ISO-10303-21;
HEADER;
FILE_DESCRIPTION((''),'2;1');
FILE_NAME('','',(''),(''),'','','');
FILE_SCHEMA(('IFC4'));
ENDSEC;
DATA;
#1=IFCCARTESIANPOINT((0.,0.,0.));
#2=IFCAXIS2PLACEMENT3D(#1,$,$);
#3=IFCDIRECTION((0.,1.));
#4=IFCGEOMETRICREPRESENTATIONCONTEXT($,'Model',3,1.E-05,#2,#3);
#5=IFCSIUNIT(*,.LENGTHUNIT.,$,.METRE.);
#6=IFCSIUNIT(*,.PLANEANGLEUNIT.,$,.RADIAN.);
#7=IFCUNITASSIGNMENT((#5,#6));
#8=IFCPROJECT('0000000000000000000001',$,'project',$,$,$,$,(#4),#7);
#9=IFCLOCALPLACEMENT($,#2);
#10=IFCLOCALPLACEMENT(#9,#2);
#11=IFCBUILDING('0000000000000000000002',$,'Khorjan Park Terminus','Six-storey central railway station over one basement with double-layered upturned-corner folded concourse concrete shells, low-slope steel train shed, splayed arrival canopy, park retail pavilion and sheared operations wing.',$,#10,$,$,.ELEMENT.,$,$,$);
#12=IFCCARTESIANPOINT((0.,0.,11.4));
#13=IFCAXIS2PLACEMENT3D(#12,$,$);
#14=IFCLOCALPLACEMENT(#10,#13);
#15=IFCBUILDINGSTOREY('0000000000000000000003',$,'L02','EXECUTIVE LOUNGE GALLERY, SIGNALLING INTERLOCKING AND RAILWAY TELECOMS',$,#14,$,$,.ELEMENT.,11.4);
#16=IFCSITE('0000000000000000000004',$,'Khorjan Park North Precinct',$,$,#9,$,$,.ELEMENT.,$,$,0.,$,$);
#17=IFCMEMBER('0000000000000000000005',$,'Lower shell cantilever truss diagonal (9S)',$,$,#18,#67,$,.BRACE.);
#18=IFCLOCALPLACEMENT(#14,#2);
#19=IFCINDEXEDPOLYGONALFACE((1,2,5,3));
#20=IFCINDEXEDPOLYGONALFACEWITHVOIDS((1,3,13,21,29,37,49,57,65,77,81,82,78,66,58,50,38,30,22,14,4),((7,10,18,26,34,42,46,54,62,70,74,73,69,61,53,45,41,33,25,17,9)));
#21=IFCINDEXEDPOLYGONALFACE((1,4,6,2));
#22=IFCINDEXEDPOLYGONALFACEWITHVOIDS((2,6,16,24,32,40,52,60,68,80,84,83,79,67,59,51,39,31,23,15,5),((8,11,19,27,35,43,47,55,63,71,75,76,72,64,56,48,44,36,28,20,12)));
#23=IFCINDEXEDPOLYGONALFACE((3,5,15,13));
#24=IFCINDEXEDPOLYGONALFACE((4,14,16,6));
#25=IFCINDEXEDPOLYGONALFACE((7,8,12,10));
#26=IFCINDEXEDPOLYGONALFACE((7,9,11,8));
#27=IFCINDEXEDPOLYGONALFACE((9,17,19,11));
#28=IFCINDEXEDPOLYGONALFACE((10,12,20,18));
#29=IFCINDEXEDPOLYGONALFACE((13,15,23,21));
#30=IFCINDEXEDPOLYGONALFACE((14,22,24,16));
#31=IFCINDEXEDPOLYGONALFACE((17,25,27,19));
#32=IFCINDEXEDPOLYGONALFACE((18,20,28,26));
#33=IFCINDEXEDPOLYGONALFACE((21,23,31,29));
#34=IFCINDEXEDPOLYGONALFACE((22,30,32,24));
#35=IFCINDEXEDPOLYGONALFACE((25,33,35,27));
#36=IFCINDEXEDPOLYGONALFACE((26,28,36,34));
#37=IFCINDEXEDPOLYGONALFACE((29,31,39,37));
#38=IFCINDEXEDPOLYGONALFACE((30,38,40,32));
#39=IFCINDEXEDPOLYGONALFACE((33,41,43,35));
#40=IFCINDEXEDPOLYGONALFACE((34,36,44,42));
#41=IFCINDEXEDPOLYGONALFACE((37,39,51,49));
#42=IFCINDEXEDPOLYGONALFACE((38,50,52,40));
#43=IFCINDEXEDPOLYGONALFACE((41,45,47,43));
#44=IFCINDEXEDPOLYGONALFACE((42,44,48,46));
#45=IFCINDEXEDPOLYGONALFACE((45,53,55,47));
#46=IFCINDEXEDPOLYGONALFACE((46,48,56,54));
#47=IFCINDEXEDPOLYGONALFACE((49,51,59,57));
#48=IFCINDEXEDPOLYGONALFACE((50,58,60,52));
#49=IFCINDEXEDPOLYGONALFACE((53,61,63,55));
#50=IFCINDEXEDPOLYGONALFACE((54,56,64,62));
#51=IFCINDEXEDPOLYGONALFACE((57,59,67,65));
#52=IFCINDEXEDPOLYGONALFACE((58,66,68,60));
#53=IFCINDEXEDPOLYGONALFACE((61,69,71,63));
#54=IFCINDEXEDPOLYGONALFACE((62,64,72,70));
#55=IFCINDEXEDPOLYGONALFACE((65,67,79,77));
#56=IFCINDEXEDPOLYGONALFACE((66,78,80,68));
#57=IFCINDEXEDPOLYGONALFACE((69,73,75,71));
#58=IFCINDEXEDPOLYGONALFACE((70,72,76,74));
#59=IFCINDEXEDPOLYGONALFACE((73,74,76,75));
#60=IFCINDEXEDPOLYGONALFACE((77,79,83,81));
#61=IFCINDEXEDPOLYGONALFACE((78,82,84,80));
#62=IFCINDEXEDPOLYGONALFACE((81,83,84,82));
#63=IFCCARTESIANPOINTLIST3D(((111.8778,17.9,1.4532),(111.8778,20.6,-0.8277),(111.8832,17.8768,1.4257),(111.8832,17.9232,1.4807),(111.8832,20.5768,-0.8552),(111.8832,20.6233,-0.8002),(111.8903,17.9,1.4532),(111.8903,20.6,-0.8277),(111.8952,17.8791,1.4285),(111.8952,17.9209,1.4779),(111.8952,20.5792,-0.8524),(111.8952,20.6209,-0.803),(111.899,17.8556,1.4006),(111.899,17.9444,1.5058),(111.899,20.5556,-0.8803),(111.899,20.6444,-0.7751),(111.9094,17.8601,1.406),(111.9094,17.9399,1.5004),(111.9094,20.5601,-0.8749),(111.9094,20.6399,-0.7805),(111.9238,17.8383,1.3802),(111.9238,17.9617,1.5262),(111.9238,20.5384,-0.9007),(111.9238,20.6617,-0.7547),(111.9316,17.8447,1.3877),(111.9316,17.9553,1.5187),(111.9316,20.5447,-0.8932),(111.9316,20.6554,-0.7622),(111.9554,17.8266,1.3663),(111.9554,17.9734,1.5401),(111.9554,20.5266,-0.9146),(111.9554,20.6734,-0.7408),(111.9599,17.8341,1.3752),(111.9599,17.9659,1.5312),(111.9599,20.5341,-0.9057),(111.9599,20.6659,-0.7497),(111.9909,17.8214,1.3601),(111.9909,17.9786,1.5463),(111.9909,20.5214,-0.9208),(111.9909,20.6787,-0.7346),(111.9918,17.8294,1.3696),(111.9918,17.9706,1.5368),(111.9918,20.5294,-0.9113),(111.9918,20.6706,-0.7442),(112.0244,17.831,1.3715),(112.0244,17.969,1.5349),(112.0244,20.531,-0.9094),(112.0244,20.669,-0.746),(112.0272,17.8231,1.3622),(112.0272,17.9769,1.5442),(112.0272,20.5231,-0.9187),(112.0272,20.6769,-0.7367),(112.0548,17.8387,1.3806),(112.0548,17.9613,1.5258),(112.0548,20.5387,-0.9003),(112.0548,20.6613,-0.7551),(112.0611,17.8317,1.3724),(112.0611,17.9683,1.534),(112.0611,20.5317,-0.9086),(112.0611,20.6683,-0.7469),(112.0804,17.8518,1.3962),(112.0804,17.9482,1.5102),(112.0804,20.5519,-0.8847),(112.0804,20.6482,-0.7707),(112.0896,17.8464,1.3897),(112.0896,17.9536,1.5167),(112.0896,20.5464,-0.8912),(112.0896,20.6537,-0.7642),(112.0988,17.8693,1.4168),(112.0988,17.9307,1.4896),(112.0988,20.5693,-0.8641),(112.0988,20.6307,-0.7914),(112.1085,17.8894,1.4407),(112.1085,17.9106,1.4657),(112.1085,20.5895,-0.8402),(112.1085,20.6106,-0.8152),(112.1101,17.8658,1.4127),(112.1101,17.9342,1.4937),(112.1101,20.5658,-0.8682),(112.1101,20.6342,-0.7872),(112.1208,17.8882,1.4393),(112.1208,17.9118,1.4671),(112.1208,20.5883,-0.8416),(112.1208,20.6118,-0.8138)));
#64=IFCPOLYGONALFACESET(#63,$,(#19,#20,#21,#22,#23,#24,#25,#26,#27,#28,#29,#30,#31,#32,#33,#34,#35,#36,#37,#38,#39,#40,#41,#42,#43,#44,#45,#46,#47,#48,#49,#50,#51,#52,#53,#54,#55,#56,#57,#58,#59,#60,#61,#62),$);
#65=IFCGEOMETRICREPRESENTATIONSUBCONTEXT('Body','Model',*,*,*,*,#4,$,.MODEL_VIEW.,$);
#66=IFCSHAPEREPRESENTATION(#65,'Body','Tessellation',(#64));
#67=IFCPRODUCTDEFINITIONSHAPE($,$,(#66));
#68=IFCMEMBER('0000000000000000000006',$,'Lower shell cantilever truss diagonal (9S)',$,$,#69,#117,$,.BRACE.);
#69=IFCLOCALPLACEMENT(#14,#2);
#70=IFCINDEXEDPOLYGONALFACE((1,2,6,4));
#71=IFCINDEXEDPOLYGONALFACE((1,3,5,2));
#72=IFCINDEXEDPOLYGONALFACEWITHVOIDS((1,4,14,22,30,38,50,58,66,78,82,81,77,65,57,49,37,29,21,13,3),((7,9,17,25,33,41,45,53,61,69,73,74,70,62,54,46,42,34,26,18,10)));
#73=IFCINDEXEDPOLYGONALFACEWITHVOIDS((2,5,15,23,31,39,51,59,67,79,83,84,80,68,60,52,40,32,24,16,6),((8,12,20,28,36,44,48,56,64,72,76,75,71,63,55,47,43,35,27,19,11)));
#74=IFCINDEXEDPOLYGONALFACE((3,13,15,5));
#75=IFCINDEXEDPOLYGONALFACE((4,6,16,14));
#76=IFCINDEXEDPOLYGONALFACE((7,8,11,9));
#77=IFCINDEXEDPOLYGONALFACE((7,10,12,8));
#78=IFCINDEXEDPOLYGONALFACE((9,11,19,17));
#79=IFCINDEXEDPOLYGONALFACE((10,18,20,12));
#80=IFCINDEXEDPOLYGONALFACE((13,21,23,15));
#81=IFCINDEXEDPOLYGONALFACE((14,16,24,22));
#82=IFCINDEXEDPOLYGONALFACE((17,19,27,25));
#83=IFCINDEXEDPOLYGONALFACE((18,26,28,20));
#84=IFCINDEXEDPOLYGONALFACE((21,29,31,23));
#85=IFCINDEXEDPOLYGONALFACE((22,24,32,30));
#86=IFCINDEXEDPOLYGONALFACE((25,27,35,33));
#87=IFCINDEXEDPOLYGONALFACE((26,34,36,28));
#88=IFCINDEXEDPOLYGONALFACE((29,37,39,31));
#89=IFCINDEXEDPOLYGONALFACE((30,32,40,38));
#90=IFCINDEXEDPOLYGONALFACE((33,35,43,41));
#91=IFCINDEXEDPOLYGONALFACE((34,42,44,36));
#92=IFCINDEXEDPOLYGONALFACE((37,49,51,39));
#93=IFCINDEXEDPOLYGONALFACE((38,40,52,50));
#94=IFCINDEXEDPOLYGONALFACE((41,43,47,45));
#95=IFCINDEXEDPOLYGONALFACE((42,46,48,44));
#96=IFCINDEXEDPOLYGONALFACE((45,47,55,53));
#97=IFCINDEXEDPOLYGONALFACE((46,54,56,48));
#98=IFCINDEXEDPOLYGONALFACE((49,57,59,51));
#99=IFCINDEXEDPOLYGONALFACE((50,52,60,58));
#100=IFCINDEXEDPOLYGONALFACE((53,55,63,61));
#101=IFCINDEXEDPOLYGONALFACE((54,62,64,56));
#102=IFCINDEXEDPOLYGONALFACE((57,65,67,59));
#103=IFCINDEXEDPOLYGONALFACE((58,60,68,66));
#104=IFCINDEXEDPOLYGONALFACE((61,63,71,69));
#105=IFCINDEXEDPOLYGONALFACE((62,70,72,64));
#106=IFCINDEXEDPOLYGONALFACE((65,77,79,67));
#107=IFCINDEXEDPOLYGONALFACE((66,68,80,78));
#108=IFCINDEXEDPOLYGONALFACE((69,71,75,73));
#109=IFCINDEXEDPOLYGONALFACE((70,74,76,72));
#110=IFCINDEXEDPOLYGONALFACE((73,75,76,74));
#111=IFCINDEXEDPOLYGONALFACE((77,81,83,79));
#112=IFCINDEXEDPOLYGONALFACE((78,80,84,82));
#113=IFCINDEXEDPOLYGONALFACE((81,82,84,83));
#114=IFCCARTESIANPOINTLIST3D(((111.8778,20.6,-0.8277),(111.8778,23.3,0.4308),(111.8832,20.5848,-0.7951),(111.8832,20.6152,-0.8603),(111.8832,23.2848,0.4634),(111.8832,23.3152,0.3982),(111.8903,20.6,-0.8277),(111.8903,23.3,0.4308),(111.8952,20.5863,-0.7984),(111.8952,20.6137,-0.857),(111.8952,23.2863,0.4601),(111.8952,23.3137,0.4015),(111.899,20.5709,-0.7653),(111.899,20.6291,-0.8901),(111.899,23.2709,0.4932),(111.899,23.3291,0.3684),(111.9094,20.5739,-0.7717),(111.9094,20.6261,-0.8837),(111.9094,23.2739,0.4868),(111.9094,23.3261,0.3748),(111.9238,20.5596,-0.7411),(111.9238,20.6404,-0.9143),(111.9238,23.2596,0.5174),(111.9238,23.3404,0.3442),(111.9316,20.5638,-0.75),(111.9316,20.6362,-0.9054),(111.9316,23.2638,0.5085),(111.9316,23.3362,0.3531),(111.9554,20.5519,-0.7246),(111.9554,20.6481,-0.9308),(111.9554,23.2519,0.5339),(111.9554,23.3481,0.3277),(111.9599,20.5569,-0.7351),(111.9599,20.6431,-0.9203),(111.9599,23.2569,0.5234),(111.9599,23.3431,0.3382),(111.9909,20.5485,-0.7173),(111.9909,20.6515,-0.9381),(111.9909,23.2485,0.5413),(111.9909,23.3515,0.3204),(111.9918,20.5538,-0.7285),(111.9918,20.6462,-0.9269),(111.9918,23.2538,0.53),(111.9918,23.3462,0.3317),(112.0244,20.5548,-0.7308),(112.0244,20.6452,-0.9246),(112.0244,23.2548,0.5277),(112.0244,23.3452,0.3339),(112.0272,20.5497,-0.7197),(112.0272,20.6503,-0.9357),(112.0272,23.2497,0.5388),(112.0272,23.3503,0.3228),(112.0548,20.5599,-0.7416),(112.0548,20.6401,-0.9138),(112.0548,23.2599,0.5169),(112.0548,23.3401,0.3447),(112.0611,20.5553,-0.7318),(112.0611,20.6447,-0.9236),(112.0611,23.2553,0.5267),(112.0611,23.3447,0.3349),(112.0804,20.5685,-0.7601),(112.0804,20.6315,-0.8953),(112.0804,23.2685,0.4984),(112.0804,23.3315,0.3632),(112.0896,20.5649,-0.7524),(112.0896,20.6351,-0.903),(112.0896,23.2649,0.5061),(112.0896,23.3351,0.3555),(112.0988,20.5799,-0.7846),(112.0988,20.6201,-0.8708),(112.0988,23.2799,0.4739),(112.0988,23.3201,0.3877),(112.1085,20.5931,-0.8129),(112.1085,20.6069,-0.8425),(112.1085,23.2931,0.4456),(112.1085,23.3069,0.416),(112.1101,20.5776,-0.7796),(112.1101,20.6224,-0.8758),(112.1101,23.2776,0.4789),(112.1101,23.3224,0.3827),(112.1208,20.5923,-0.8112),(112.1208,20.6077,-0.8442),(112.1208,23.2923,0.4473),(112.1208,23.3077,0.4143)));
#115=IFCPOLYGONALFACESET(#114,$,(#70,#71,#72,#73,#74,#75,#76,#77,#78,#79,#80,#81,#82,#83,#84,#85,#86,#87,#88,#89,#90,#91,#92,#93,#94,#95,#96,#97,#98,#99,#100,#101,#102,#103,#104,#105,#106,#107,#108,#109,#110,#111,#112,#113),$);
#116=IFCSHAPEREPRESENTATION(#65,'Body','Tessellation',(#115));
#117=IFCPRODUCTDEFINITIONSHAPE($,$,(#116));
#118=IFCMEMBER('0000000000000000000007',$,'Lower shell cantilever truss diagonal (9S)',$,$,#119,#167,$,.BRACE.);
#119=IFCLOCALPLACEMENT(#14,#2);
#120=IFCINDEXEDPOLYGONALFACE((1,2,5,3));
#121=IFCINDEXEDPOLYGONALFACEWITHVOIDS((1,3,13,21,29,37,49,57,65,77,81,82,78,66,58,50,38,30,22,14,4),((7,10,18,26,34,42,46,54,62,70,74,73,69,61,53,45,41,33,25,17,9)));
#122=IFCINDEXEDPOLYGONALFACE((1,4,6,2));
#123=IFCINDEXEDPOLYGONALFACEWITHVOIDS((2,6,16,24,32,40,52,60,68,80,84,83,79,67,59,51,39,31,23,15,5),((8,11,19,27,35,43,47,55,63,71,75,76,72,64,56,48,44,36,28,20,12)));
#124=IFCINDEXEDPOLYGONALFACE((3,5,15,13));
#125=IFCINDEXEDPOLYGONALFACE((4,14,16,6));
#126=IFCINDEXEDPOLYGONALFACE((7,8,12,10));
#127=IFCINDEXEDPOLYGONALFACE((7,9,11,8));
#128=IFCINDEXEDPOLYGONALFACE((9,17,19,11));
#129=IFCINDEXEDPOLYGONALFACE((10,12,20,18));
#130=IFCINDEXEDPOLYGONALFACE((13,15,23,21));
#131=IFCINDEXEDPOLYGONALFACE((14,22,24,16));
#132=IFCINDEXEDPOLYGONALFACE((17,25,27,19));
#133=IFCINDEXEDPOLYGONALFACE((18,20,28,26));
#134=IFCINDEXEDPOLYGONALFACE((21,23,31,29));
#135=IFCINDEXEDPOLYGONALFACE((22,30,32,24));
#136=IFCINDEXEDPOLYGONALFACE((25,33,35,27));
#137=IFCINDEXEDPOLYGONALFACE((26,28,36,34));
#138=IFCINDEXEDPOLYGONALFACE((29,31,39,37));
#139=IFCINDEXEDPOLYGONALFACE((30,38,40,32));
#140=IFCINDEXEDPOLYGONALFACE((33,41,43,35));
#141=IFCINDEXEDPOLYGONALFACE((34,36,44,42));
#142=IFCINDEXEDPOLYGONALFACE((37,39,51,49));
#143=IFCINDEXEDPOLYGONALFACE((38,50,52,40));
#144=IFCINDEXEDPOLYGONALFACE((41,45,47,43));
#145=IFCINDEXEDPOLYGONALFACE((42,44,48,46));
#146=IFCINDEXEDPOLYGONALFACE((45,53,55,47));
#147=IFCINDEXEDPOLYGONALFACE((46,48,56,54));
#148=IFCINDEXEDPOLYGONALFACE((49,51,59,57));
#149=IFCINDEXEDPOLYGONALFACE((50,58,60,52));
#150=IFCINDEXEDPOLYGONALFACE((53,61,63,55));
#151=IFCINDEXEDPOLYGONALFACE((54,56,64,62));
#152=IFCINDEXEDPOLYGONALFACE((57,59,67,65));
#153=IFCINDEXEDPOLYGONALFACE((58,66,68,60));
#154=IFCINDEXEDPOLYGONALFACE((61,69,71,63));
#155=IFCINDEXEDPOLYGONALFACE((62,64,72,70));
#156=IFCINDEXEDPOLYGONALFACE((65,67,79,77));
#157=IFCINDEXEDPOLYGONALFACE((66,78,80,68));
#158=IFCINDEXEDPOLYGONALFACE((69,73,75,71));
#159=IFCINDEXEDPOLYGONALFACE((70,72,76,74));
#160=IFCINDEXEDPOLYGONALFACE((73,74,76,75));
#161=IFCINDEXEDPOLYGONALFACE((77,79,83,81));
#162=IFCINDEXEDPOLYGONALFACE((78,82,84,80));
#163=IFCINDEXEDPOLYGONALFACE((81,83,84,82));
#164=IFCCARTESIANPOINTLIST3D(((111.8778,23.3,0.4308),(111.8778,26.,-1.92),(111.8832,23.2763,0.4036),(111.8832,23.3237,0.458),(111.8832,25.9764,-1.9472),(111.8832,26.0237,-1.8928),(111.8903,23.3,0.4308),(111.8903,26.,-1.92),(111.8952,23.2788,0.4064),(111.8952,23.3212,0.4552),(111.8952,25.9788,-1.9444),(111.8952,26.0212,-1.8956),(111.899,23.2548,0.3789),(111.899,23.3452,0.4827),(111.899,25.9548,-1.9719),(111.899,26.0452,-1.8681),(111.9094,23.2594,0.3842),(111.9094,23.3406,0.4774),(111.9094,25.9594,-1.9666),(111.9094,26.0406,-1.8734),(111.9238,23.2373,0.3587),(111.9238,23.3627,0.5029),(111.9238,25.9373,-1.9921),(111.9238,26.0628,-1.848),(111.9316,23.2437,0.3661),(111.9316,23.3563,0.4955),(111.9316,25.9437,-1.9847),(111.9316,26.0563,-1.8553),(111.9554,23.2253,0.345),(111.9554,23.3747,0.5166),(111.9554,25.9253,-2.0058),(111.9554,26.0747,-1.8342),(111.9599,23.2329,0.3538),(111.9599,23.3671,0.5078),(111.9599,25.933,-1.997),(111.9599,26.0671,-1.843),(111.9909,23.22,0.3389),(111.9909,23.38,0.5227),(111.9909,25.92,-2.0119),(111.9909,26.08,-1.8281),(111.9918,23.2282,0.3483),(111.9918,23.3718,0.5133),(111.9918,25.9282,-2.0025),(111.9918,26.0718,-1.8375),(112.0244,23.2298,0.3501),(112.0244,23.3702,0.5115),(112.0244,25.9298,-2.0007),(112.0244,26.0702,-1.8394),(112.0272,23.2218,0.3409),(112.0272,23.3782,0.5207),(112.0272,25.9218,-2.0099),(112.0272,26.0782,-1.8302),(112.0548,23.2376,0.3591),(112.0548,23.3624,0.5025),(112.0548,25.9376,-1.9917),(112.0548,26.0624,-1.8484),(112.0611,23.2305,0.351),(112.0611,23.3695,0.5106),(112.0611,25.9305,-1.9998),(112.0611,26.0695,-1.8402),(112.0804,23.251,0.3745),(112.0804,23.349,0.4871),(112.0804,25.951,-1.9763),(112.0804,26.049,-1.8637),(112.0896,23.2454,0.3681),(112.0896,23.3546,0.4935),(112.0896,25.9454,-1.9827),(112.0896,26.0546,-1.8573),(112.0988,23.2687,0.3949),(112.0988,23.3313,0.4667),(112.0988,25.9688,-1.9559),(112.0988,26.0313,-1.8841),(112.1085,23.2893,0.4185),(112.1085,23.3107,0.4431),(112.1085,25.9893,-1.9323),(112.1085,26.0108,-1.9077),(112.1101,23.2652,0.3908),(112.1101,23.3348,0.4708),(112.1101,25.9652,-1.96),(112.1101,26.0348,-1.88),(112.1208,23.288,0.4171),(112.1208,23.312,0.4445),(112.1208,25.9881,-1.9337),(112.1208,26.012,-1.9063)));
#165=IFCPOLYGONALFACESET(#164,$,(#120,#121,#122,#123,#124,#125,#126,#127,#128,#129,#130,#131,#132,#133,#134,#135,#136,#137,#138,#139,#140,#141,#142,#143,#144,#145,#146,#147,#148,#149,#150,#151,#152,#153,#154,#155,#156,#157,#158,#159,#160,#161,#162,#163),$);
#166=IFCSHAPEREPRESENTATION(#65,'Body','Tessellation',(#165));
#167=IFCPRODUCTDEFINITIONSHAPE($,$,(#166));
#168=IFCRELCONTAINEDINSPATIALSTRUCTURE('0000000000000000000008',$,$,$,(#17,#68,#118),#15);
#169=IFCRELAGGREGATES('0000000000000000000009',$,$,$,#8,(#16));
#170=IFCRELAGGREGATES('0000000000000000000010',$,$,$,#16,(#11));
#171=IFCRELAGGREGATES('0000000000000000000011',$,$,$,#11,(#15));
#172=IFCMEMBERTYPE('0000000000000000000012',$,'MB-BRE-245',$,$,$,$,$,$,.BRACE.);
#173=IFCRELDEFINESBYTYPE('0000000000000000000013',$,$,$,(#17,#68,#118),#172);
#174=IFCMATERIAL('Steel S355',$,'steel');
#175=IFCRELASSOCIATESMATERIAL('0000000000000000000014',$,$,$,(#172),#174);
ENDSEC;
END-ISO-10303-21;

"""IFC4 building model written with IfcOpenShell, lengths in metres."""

from ifc_helpers import new_model, si_unit, direction, frame, origin, origin_2d, place, context, subcontext, project, spatial, hollow_circle, extrude, material, material_profile, profile_set, type_object, element, save


model = new_model("IFC4")

# Units and contexts
model_context = context("Model", 3, precision=1e-05, world=origin(), true_north=direction((0.0, 1.0)))
body_context = subcontext(model_context, "Body", "Model", "MODEL_VIEW")
ifc_project = project(units=[si_unit("LENGTHUNIT", "METRE"), si_unit("PLANEANGLEUNIT", "RADIAN")], contexts=[model_context])

# Site, building, storey
site_placement = place(None, origin())
site = spatial("IfcSite", under=ifc_project, at=site_placement, Name="Khorjan Park North Precinct", CompositionType="ELEMENT", RefElevation=0.0)
building_placement = place(site_placement, origin())
building = spatial("IfcBuilding", under=site, at=building_placement, Name="Khorjan Park Terminus", Description="Six-storey central railway station over one basement with double-layered upturned-corner folded concourse concrete shells, low-slope steel train shed, splayed arrival canopy, park retail pavilion and sheared operations wing.", CompositionType="ELEMENT")
storey_placement = place(building_placement, frame((0.0, 0.0, 11.4)))
storey = spatial("IfcBuildingStorey", under=building, at=storey_placement, Name="L02", Description="EXECUTIVE LOUNGE GALLERY, SIGNALLING INTERLOCKING AND RAILWAY TELECOMS", CompositionType="ELEMENT", Elevation=11.4)

# Members
ifc_material_1 = material(Name="Steel S355", Category="steel")
ifc_material_profile_1 = material_profile(ifc_material_1, hollow_circle(Radius=0.1222, WallThickness=0.0125, at=origin_2d()), Name="CHS 244.5x12.5")
ifc_profile_set_1 = profile_set([ifc_material_profile_1], Name="Steel S355")
member_type_1 = type_object("IfcMemberType", Name="MB-BRE-245", PredefinedType="BRACE", material=ifc_profile_set_1)
member_1_placement = place(storey_placement, frame((112.0, 17.9, 1.4532), z_axis=(0.0, 0.763904, -0.645329), x_axis=(-1.0, 0.0, 0.0)))
element("IfcMember", 1, at=member_1_placement, inside=storey, type_object=member_type_1, Name="Lower shell cantilever truss diagonal (9S)", PredefinedType="BRACE", context=body_context, shape_type="SweptSolid", body=[
    extrude(hollow_circle(Radius=0.1222, WallThickness=0.0125, at=origin_2d()), origin(), (0.0, 0.0, 1.0), 3.5345),
])
member_2_placement = place(storey_placement, frame((112.0, 20.6, -0.8277), z_axis=(0.0, 0.906376, 0.422472), x_axis=(-1.0, 0.0, 0.0)))
element("IfcMember", 2, at=member_2_placement, inside=storey, type_object=member_type_1, Name="Lower shell cantilever truss diagonal (9S)", PredefinedType="BRACE", context=body_context, shape_type="SweptSolid", body=[
    extrude(hollow_circle(Radius=0.1222, WallThickness=0.0125, at=origin_2d()), origin(), (0.0, 0.0, 1.0), 2.9789),
])
member_3_placement = place(storey_placement, frame((112.0, 23.3, 0.4308), z_axis=(0.0, 0.754194, -0.656652), x_axis=(-1.0, 0.0, 0.0)))
element("IfcMember", 3, at=member_3_placement, inside=storey, type_object=member_type_1, Name="Lower shell cantilever truss diagonal (9S)", PredefinedType="BRACE", context=body_context, shape_type="SweptSolid", body=[
    extrude(hollow_circle(Radius=0.1222, WallThickness=0.0125, at=origin_2d()), origin(), (0.0, 0.0, 1.0), 3.58),
])

save(model, "model.ifc")
